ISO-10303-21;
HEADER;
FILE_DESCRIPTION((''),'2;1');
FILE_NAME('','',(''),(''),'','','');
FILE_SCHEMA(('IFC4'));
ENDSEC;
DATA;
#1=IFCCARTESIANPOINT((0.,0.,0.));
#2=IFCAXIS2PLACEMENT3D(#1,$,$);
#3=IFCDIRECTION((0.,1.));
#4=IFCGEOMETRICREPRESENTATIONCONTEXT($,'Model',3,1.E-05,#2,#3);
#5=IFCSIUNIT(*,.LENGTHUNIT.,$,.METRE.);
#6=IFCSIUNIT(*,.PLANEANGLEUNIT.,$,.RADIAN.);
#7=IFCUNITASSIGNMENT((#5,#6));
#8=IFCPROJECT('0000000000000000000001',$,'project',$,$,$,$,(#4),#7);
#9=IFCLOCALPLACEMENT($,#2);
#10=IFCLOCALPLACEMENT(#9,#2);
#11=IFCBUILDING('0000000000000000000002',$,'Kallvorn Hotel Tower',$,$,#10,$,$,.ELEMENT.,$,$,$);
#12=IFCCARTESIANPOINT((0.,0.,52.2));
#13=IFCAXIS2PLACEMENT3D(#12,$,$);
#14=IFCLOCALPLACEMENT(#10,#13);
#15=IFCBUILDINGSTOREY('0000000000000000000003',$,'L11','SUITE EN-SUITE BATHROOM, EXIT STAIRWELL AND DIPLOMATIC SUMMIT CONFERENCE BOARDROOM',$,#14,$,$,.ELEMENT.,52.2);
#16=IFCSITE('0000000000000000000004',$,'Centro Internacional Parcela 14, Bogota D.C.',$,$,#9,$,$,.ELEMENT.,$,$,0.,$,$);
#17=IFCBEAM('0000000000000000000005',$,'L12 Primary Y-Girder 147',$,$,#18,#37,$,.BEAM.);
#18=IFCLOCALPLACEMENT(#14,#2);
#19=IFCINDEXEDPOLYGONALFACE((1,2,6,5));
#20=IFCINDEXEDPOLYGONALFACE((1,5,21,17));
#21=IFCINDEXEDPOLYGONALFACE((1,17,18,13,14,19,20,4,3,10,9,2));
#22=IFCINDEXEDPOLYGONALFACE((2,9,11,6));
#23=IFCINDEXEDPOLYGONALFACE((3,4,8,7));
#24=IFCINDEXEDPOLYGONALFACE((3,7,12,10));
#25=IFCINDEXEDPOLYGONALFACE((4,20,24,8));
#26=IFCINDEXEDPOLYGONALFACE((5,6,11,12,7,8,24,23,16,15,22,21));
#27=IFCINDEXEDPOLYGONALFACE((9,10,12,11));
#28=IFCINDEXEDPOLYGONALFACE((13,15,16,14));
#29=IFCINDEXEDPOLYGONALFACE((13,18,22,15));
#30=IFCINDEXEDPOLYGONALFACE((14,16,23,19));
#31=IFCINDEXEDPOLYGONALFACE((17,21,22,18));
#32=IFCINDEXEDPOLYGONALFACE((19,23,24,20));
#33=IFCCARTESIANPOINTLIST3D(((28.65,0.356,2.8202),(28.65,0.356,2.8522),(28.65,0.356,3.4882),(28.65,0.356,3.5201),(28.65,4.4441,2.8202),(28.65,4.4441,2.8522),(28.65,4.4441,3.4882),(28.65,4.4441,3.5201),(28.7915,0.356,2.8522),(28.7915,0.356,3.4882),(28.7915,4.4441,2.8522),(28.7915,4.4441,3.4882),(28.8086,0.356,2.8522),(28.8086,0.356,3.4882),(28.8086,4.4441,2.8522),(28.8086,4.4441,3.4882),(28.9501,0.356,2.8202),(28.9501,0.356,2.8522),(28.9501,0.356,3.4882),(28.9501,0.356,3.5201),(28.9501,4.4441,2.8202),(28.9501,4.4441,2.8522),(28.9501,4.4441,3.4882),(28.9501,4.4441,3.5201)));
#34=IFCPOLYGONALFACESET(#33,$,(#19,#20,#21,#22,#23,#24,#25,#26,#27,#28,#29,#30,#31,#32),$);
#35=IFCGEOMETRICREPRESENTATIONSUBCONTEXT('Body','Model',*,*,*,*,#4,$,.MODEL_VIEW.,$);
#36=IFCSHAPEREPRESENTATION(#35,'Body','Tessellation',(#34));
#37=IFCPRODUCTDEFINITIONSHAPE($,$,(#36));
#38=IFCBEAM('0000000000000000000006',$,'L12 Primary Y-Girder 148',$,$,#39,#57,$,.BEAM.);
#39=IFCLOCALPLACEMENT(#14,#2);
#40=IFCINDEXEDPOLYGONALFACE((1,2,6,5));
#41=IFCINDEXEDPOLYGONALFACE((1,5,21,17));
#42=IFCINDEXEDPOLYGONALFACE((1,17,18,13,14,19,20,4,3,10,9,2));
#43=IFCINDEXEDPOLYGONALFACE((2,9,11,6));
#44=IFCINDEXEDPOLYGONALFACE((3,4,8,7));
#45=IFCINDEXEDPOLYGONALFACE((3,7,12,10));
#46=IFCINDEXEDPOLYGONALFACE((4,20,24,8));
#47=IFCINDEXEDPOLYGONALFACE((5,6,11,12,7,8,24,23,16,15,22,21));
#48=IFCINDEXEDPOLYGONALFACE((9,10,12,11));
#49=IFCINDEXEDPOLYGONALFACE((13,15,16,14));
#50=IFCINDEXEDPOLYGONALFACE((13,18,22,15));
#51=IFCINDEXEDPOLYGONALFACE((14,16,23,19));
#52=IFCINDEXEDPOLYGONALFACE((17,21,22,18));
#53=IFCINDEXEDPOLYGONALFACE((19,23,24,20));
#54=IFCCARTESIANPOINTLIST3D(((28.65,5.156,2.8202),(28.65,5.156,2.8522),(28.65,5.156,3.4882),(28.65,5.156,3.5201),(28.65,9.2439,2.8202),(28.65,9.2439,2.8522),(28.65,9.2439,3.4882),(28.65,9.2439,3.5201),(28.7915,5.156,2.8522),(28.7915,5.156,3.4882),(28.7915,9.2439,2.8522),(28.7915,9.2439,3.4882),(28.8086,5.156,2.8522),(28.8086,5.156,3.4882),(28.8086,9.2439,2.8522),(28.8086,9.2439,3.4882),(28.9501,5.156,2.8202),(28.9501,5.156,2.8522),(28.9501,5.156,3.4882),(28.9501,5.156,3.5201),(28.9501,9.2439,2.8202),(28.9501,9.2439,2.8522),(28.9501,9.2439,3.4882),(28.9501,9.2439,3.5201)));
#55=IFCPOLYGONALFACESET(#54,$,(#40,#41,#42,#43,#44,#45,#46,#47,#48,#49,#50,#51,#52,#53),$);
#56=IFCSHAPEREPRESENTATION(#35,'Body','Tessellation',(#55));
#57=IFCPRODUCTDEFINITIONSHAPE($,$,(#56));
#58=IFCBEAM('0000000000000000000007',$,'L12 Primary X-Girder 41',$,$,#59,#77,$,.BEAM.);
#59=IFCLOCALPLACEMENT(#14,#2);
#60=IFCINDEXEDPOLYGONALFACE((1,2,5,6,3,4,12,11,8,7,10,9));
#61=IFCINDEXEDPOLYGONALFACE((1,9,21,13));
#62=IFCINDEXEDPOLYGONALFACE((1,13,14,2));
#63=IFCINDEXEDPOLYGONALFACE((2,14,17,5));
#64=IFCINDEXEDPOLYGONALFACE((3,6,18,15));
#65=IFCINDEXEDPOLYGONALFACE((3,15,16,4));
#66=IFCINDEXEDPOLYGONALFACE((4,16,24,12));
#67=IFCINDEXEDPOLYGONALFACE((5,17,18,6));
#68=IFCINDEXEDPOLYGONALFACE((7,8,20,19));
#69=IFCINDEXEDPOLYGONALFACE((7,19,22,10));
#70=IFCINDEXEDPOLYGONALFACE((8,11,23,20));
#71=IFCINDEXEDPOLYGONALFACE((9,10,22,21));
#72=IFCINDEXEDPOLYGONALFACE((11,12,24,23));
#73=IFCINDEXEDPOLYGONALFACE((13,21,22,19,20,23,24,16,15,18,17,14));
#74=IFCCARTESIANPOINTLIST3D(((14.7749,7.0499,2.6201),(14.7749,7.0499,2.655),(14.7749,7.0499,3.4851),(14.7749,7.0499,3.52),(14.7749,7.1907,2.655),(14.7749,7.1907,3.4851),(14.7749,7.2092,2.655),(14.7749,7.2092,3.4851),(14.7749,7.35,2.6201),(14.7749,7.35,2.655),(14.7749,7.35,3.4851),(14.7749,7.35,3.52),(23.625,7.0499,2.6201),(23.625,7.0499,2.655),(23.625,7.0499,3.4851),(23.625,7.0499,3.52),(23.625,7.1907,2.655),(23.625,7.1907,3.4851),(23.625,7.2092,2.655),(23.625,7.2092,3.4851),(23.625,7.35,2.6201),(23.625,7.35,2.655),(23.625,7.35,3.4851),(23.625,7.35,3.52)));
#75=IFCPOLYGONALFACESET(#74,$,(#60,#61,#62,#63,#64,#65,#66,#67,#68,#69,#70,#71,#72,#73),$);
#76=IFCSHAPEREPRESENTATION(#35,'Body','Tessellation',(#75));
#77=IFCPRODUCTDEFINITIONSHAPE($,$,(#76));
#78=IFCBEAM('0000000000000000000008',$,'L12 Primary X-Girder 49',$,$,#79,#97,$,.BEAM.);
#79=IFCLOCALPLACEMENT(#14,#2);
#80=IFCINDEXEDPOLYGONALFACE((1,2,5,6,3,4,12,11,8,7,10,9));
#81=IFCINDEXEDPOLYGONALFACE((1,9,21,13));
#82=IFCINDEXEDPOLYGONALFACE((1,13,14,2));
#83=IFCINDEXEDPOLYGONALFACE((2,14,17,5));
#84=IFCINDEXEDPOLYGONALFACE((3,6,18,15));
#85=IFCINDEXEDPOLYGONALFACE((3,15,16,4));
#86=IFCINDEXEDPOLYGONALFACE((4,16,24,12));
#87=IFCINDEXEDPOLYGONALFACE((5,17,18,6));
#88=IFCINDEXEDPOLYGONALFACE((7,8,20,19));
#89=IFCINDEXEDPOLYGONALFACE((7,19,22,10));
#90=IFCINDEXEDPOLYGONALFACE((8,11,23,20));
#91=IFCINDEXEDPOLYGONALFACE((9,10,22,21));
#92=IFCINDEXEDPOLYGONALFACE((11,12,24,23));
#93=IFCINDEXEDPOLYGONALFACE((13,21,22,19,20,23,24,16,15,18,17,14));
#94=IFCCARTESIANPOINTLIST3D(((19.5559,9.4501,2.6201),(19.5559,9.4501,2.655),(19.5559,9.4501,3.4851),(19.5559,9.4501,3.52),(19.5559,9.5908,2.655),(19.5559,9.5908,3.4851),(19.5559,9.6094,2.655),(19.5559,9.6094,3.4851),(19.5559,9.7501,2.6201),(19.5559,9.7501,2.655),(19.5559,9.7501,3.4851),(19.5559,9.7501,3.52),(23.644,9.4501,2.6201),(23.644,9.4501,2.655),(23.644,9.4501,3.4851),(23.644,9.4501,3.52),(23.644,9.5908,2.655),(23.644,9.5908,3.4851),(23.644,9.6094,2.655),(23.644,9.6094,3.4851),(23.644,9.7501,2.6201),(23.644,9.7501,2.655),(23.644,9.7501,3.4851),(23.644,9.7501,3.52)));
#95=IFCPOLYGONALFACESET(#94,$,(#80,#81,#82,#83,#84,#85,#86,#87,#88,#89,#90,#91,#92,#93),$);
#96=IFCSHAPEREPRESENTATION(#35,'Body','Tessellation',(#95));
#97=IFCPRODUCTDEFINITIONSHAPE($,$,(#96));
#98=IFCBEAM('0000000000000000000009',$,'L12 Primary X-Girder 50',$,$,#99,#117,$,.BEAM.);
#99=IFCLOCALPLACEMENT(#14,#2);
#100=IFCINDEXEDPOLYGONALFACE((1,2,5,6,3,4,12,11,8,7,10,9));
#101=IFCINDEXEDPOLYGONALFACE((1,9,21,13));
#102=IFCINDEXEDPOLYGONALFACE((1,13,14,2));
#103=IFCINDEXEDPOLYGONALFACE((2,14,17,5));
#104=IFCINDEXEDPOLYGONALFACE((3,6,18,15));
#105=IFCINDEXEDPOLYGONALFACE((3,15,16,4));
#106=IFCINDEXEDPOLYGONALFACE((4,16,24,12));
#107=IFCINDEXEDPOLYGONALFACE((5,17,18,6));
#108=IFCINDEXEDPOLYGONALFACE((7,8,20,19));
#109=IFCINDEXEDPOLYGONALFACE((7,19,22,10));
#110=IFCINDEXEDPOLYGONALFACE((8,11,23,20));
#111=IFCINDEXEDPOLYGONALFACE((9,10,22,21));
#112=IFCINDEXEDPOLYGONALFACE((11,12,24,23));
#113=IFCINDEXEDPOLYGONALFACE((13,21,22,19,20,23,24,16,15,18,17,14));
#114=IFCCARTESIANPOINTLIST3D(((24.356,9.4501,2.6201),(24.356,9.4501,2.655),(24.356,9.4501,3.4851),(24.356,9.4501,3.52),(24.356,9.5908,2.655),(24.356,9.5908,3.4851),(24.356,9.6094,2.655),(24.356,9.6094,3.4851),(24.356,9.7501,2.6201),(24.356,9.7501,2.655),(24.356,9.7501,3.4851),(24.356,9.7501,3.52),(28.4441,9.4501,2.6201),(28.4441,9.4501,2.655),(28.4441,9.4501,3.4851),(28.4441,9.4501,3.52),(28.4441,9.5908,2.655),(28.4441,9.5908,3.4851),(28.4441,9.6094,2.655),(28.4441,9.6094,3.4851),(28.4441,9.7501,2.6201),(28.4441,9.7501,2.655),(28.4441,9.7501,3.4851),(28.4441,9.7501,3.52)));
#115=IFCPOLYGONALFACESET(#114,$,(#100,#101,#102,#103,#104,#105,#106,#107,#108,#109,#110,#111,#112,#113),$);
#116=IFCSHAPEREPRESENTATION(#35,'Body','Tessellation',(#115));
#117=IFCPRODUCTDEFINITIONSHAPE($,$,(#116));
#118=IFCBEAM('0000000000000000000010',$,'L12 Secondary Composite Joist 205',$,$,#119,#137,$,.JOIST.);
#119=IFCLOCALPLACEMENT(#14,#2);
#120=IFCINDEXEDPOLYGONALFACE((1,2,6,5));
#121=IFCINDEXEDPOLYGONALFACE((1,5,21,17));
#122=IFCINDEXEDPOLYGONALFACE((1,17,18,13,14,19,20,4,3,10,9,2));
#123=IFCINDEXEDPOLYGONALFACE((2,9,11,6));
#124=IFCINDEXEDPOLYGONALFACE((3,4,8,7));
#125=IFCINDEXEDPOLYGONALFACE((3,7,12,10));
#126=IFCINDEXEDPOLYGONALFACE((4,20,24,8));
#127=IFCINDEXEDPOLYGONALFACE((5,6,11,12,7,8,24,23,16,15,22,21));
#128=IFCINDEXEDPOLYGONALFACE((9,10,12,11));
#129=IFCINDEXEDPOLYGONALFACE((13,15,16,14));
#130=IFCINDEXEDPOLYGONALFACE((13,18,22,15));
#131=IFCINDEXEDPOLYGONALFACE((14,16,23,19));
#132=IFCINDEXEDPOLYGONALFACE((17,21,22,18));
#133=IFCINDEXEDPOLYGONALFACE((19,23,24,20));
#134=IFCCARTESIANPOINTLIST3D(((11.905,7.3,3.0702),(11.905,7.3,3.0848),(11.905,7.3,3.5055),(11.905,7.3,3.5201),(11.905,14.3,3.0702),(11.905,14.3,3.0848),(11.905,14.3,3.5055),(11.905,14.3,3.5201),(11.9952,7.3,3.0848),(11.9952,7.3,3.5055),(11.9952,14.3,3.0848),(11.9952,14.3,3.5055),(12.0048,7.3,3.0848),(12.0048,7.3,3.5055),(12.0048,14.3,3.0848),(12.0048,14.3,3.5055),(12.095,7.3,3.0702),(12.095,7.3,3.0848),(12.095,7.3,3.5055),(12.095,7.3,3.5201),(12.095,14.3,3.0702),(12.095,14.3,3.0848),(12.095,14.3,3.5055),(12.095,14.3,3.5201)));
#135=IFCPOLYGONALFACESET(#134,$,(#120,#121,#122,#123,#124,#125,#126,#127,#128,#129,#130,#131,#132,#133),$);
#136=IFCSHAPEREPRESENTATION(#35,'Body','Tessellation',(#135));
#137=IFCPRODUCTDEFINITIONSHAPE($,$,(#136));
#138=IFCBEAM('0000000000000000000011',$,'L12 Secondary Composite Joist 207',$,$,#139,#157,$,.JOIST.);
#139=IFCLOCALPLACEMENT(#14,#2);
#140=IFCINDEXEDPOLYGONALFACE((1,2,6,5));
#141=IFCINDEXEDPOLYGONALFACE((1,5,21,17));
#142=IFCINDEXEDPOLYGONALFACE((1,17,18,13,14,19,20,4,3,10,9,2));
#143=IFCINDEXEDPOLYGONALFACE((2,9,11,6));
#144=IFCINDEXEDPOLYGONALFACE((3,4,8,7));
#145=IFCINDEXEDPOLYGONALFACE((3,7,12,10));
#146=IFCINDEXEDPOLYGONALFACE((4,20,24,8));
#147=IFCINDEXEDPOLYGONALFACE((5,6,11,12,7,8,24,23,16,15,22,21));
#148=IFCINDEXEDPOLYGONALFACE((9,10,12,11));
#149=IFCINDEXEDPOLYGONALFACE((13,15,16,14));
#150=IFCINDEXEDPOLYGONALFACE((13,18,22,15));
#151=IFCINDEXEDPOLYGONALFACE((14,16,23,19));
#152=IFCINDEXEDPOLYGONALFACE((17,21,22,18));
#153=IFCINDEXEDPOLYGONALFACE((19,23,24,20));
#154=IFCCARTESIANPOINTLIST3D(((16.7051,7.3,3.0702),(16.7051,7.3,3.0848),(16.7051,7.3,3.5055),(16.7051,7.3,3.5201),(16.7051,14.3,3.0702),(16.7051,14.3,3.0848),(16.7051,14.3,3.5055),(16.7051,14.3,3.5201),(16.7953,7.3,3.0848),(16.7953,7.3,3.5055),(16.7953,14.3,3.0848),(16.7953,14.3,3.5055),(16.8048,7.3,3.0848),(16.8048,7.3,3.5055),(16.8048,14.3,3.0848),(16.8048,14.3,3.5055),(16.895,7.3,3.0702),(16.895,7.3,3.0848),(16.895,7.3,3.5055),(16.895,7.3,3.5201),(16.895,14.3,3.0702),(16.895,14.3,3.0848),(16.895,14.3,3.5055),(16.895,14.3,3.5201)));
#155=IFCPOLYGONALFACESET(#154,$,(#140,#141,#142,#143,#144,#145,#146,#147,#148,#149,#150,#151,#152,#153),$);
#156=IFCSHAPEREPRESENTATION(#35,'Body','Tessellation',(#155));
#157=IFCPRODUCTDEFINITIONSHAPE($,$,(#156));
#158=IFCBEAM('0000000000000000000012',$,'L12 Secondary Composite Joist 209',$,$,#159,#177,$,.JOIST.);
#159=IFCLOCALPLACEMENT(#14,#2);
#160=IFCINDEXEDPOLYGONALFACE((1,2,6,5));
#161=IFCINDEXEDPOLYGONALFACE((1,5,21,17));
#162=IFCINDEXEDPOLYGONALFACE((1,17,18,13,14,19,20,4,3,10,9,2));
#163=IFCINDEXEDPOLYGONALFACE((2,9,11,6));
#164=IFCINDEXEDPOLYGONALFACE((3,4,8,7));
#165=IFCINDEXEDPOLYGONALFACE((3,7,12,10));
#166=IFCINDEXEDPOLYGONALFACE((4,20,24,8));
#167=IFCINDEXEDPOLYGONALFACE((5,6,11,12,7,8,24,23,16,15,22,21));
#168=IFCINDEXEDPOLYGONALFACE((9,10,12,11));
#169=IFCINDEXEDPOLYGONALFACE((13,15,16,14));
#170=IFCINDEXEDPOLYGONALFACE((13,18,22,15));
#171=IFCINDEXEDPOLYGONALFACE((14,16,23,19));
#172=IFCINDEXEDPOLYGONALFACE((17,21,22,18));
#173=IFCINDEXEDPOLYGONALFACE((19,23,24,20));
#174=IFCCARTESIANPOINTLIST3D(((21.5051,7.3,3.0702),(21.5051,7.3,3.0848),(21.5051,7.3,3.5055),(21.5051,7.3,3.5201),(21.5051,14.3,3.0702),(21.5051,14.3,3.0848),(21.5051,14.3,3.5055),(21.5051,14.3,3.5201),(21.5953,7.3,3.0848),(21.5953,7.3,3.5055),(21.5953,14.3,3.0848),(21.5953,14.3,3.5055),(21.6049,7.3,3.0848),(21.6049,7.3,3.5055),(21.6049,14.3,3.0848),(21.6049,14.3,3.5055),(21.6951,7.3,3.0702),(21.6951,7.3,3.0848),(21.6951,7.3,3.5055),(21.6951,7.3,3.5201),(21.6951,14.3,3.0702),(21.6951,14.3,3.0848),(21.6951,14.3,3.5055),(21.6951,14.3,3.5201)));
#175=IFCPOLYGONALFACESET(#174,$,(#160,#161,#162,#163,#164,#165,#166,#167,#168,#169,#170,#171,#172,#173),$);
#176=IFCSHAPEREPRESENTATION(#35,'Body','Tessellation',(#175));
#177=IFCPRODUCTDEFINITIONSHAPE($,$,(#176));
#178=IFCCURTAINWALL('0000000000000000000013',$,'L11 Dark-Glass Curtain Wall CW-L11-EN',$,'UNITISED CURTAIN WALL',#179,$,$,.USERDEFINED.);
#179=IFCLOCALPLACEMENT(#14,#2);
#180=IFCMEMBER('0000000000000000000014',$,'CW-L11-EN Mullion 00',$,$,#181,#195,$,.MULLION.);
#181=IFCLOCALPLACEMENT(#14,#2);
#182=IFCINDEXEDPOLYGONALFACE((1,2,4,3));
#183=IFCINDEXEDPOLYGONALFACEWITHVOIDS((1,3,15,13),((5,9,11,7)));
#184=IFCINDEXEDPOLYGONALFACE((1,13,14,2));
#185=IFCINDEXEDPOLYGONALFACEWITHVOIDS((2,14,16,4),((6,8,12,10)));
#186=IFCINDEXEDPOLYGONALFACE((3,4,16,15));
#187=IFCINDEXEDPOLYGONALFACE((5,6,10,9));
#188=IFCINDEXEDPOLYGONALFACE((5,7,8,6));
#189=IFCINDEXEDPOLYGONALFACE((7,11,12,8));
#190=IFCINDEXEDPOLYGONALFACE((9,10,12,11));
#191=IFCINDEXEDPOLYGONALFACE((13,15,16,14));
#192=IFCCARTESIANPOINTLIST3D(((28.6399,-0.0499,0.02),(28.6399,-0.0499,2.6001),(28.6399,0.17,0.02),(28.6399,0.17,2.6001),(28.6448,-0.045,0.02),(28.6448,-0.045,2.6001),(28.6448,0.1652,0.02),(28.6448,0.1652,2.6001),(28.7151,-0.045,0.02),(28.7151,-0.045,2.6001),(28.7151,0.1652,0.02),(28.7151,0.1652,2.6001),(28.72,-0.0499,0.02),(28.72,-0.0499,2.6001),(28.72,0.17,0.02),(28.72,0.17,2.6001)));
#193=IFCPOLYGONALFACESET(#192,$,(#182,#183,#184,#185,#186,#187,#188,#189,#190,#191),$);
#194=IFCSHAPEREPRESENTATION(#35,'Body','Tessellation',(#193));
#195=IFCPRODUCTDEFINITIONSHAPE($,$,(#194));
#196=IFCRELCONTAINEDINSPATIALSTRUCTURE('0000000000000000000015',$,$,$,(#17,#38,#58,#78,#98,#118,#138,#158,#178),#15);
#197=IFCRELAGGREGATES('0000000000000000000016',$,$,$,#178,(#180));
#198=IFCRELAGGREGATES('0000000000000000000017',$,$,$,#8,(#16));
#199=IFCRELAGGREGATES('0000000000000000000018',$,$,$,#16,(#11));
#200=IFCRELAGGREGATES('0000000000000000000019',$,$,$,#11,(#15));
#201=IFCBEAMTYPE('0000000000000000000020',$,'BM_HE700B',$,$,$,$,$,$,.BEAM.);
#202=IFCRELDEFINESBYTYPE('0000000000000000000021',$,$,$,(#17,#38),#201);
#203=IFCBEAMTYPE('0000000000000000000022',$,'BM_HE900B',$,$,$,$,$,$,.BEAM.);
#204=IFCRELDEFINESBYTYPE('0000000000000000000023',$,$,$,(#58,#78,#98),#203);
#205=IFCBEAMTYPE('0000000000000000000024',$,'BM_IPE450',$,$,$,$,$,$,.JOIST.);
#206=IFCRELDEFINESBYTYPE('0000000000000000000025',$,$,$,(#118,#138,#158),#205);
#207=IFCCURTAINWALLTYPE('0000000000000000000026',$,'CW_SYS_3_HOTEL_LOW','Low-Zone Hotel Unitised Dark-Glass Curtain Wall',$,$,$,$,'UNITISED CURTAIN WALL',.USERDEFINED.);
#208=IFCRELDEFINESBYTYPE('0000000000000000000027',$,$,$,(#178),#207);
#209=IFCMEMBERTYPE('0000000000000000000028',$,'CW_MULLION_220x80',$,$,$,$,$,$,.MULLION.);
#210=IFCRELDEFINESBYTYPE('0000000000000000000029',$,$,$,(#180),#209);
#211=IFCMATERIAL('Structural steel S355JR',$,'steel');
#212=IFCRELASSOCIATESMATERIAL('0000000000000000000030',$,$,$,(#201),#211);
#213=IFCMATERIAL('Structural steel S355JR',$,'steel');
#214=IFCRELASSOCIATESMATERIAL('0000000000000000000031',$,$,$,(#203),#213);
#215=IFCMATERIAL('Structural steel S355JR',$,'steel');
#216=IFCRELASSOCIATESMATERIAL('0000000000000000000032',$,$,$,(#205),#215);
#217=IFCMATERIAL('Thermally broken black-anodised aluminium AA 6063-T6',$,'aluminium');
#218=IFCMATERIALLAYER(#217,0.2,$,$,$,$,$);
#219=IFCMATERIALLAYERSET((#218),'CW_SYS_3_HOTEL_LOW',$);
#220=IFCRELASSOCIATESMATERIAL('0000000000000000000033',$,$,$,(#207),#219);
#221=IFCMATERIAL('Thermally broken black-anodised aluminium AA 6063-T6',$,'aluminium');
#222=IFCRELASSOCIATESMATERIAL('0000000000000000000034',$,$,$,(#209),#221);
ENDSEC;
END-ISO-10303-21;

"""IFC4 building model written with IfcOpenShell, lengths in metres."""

from ifc_helpers import new_model, si_unit, direction, frame, origin, origin_2d, place, context, subcontext, project, spatial, hollow_rectangle, i_section, extrude, material, layer, layer_set, material_profile, profile_set, type_object, element, aggregate, save


model = new_model("IFC4")

# Units and contexts
model_context = context("Model", 3, precision=1e-05, world=origin(), true_north=direction((0.0, 1.0)))
body_context = subcontext(model_context, "Body", "Model", "MODEL_VIEW")
ifc_project = project(units=[si_unit("LENGTHUNIT", "METRE"), si_unit("PLANEANGLEUNIT", "RADIAN")], contexts=[model_context])

# Site, building, storey
site_placement = place(None, origin())
site = spatial("IfcSite", under=ifc_project, at=site_placement, Name="Centro Internacional Parcela 14, Bogota D.C.", CompositionType="ELEMENT", RefElevation=0.0)
building_placement = place(site_placement, origin())
building = spatial("IfcBuilding", under=site, at=building_placement, Name="Kallvorn Hotel Tower", CompositionType="ELEMENT")
storey_placement = place(building_placement, frame((0.0, 0.0, 52.2)))
storey = spatial("IfcBuildingStorey", under=building, at=storey_placement, Name="L11", Description="SUITE EN-SUITE BATHROOM, EXIT STAIRWELL AND DIPLOMATIC SUMMIT CONFERENCE BOARDROOM", CompositionType="ELEMENT", Elevation=52.2)

# Beams
ifc_material_1 = material(Name="Structural steel S355JR", Category="steel")
ifc_material_profile_1 = material_profile(ifc_material_1, i_section(OverallWidth=0.3, OverallDepth=0.7, WebThickness=0.0171, FlangeThickness=0.032, at=origin_2d()), Name="HE 700 B")
ifc_profile_set_1 = profile_set([ifc_material_profile_1], Name="Structural steel S355JR")
beam_type_1 = type_object("IfcBeamType", Name="BM_HE700B", PredefinedType="BEAM", material=ifc_profile_set_1)
beam_1_placement = place(storey_placement, frame((28.8, 0.356, 3.1702), z_axis=(0.0, 1.0, 0.0), x_axis=(-1.0, 0.0, 0.0)))
element("IfcBeam", 1, at=beam_1_placement, inside=storey, type_object=beam_type_1, Name="L12 Primary Y-Girder 147", PredefinedType="BEAM", context=body_context, shape_type="SweptSolid", body=[
    extrude(i_section(OverallWidth=0.3, OverallDepth=0.7, WebThickness=0.0171, FlangeThickness=0.032, at=origin_2d()), origin(), (0.0, 0.0, 1.0), 4.0881),
])
beam_2_placement = place(storey_placement, frame((28.8, 5.156, 3.1702), z_axis=(0.0, 1.0, 0.0), x_axis=(-1.0, 0.0, 0.0)))
element("IfcBeam", 2, at=beam_2_placement, inside=storey, type_object=beam_type_1, Name="L12 Primary Y-Girder 148", PredefinedType="BEAM", context=body_context, shape_type="SweptSolid", body=[
    extrude(i_section(OverallWidth=0.3, OverallDepth=0.7, WebThickness=0.0171, FlangeThickness=0.032, at=origin_2d()), origin(), (0.0, 0.0, 1.0), 4.0879),
])
ifc_material_2 = material(Name="Structural steel S355JR", Category="steel")
ifc_material_profile_2 = material_profile(ifc_material_2, i_section(OverallWidth=0.3, OverallDepth=0.8999, WebThickness=0.0186, FlangeThickness=0.0349, at=origin_2d()), Name="HE 900 B")
ifc_profile_set_2 = profile_set([ifc_material_profile_2], Name="Structural steel S355JR")
beam_type_2 = type_object("IfcBeamType", Name="BM_HE900B", PredefinedType="BEAM", material=ifc_profile_set_2)
beam_3_placement = place(storey_placement, frame((14.7749, 7.2, 3.0701), z_axis=(1.0, 0.0, 0.0), x_axis=(0.0, 1.0, 0.0)))
element("IfcBeam", 3, at=beam_3_placement, inside=storey, type_object=beam_type_2, Name="L12 Primary X-Girder 41", PredefinedType="BEAM", context=body_context, shape_type="SweptSolid", body=[
    extrude(i_section(OverallWidth=0.3, OverallDepth=0.8999, WebThickness=0.0186, FlangeThickness=0.0349, at=origin_2d()), origin(), (0.0, 0.0, 1.0), 8.8501),
])
for number, where, z_axis, x_axis, name in (
    (4, (19.5559, 9.6001, 3.0701), (1.0, 0.0, 0.0), (0.0, 1.0, 0.0), "L12 Primary X-Girder 49"),
    (5, (24.356, 9.6001, 3.0701), (1.0, 0.0, 0.0), (0.0, 1.0, 0.0), "L12 Primary X-Girder 50"),
):
    element("IfcBeam", number, at=place(storey_placement, frame(where, z_axis=z_axis, x_axis=x_axis)), inside=storey, type_object=beam_type_2, Name=name, PredefinedType="BEAM", context=body_context, shape_type="SweptSolid", body=[
        extrude(i_section(OverallWidth=0.3, OverallDepth=0.8999, WebThickness=0.0186, FlangeThickness=0.0349, at=origin_2d()), origin(), (0.0, 0.0, 1.0), 4.0881),
    ])
ifc_material_3 = material(Name="Structural steel S355JR", Category="steel")
ifc_material_profile_3 = material_profile(ifc_material_3, i_section(OverallWidth=0.1899, OverallDepth=0.45, WebThickness=0.0095, FlangeThickness=0.0146, at=origin_2d()), Name="IPE 450")
ifc_profile_set_3 = profile_set([ifc_material_profile_3], Name="Structural steel S355JR")
beam_type_3 = type_object("IfcBeamType", Name="BM_IPE450", PredefinedType="JOIST", material=ifc_profile_set_3)
for number, where, z_axis, x_axis, name in (
    (6, (12.0, 7.3, 3.2952), (0.0, 1.0, 0.0), (-1.0, 0.0, 0.0), "L12 Secondary Composite Joist 205"),
    (7, (16.8, 7.3, 3.2952), (0.0, 1.0, 0.0), (-1.0, 0.0, 0.0), "L12 Secondary Composite Joist 207"),
    (8, (21.6001, 7.3, 3.2952), (0.0, 1.0, 0.0), (-1.0, 0.0, 0.0), "L12 Secondary Composite Joist 209"),
):
    element("IfcBeam", number, at=place(storey_placement, frame(where, z_axis=z_axis, x_axis=x_axis)), inside=storey, type_object=beam_type_3, Name=name, PredefinedType="JOIST", context=body_context, shape_type="SweptSolid", body=[
        extrude(i_section(OverallWidth=0.1899, OverallDepth=0.45, WebThickness=0.0095, FlangeThickness=0.0146, at=origin_2d()), origin(), (0.0, 0.0, 1.0), 7.0),
    ])

# Curtain wall, member
ifc_material_4 = material(Name="Thermally broken black-anodised aluminium AA 6063-T6", Category="aluminium")
ifc_layer_1 = layer(ifc_material_4, 0.2)
ifc_layer_set_1 = layer_set([ifc_layer_1], Name="CW_SYS_3_HOTEL_LOW")
curtain_wall_type = type_object("IfcCurtainWallType", Name="CW_SYS_3_HOTEL_LOW", Description="Low-Zone Hotel Unitised Dark-Glass Curtain Wall", ElementType="UNITISED CURTAIN WALL", PredefinedType="USERDEFINED", material=ifc_layer_set_1)
curtain_wall_placement = place(storey_placement, origin())
curtain_wall = element("IfcCurtainWall", 9, at=curtain_wall_placement, inside=storey, type_object=curtain_wall_type, Name="L11 Dark-Glass Curtain Wall CW-L11-EN", ObjectType="UNITISED CURTAIN WALL", PredefinedType="USERDEFINED")
ifc_material_5 = material(Name="Thermally broken black-anodised aluminium AA 6063-T6", Category="aluminium")
ifc_material_profile_4 = material_profile(ifc_material_5, hollow_rectangle(XDim=0.0801, YDim=0.22, WallThickness=0.0049, at=origin_2d()), Name="MUL 220x80")
ifc_profile_set_4 = profile_set([ifc_material_profile_4], Name="Thermally broken black-anodised aluminium AA 6063-T6")
member_type_1 = type_object("IfcMemberType", Name="CW_MULLION_220x80", PredefinedType="MULLION", material=ifc_profile_set_4)
member_1_placement = place(storey_placement, frame((28.6799, 0.0601, 0.02), z_axis=(0.0, 0.0, 1.0), x_axis=(1.0, 0.0, 0.0)))
member_1 = element("IfcMember", 10, at=member_1_placement, type_object=member_type_1, Name="CW-L11-EN Mullion 00", PredefinedType="MULLION", context=body_context, shape_type="SweptSolid", body=[
    extrude(hollow_rectangle(XDim=0.0801, YDim=0.22, WallThickness=0.0049, at=origin_2d()), origin(), (0.0, 0.0, 1.0), 2.5801),
])
aggregate(curtain_wall, [member_1])

save(model, "model.ifc")
